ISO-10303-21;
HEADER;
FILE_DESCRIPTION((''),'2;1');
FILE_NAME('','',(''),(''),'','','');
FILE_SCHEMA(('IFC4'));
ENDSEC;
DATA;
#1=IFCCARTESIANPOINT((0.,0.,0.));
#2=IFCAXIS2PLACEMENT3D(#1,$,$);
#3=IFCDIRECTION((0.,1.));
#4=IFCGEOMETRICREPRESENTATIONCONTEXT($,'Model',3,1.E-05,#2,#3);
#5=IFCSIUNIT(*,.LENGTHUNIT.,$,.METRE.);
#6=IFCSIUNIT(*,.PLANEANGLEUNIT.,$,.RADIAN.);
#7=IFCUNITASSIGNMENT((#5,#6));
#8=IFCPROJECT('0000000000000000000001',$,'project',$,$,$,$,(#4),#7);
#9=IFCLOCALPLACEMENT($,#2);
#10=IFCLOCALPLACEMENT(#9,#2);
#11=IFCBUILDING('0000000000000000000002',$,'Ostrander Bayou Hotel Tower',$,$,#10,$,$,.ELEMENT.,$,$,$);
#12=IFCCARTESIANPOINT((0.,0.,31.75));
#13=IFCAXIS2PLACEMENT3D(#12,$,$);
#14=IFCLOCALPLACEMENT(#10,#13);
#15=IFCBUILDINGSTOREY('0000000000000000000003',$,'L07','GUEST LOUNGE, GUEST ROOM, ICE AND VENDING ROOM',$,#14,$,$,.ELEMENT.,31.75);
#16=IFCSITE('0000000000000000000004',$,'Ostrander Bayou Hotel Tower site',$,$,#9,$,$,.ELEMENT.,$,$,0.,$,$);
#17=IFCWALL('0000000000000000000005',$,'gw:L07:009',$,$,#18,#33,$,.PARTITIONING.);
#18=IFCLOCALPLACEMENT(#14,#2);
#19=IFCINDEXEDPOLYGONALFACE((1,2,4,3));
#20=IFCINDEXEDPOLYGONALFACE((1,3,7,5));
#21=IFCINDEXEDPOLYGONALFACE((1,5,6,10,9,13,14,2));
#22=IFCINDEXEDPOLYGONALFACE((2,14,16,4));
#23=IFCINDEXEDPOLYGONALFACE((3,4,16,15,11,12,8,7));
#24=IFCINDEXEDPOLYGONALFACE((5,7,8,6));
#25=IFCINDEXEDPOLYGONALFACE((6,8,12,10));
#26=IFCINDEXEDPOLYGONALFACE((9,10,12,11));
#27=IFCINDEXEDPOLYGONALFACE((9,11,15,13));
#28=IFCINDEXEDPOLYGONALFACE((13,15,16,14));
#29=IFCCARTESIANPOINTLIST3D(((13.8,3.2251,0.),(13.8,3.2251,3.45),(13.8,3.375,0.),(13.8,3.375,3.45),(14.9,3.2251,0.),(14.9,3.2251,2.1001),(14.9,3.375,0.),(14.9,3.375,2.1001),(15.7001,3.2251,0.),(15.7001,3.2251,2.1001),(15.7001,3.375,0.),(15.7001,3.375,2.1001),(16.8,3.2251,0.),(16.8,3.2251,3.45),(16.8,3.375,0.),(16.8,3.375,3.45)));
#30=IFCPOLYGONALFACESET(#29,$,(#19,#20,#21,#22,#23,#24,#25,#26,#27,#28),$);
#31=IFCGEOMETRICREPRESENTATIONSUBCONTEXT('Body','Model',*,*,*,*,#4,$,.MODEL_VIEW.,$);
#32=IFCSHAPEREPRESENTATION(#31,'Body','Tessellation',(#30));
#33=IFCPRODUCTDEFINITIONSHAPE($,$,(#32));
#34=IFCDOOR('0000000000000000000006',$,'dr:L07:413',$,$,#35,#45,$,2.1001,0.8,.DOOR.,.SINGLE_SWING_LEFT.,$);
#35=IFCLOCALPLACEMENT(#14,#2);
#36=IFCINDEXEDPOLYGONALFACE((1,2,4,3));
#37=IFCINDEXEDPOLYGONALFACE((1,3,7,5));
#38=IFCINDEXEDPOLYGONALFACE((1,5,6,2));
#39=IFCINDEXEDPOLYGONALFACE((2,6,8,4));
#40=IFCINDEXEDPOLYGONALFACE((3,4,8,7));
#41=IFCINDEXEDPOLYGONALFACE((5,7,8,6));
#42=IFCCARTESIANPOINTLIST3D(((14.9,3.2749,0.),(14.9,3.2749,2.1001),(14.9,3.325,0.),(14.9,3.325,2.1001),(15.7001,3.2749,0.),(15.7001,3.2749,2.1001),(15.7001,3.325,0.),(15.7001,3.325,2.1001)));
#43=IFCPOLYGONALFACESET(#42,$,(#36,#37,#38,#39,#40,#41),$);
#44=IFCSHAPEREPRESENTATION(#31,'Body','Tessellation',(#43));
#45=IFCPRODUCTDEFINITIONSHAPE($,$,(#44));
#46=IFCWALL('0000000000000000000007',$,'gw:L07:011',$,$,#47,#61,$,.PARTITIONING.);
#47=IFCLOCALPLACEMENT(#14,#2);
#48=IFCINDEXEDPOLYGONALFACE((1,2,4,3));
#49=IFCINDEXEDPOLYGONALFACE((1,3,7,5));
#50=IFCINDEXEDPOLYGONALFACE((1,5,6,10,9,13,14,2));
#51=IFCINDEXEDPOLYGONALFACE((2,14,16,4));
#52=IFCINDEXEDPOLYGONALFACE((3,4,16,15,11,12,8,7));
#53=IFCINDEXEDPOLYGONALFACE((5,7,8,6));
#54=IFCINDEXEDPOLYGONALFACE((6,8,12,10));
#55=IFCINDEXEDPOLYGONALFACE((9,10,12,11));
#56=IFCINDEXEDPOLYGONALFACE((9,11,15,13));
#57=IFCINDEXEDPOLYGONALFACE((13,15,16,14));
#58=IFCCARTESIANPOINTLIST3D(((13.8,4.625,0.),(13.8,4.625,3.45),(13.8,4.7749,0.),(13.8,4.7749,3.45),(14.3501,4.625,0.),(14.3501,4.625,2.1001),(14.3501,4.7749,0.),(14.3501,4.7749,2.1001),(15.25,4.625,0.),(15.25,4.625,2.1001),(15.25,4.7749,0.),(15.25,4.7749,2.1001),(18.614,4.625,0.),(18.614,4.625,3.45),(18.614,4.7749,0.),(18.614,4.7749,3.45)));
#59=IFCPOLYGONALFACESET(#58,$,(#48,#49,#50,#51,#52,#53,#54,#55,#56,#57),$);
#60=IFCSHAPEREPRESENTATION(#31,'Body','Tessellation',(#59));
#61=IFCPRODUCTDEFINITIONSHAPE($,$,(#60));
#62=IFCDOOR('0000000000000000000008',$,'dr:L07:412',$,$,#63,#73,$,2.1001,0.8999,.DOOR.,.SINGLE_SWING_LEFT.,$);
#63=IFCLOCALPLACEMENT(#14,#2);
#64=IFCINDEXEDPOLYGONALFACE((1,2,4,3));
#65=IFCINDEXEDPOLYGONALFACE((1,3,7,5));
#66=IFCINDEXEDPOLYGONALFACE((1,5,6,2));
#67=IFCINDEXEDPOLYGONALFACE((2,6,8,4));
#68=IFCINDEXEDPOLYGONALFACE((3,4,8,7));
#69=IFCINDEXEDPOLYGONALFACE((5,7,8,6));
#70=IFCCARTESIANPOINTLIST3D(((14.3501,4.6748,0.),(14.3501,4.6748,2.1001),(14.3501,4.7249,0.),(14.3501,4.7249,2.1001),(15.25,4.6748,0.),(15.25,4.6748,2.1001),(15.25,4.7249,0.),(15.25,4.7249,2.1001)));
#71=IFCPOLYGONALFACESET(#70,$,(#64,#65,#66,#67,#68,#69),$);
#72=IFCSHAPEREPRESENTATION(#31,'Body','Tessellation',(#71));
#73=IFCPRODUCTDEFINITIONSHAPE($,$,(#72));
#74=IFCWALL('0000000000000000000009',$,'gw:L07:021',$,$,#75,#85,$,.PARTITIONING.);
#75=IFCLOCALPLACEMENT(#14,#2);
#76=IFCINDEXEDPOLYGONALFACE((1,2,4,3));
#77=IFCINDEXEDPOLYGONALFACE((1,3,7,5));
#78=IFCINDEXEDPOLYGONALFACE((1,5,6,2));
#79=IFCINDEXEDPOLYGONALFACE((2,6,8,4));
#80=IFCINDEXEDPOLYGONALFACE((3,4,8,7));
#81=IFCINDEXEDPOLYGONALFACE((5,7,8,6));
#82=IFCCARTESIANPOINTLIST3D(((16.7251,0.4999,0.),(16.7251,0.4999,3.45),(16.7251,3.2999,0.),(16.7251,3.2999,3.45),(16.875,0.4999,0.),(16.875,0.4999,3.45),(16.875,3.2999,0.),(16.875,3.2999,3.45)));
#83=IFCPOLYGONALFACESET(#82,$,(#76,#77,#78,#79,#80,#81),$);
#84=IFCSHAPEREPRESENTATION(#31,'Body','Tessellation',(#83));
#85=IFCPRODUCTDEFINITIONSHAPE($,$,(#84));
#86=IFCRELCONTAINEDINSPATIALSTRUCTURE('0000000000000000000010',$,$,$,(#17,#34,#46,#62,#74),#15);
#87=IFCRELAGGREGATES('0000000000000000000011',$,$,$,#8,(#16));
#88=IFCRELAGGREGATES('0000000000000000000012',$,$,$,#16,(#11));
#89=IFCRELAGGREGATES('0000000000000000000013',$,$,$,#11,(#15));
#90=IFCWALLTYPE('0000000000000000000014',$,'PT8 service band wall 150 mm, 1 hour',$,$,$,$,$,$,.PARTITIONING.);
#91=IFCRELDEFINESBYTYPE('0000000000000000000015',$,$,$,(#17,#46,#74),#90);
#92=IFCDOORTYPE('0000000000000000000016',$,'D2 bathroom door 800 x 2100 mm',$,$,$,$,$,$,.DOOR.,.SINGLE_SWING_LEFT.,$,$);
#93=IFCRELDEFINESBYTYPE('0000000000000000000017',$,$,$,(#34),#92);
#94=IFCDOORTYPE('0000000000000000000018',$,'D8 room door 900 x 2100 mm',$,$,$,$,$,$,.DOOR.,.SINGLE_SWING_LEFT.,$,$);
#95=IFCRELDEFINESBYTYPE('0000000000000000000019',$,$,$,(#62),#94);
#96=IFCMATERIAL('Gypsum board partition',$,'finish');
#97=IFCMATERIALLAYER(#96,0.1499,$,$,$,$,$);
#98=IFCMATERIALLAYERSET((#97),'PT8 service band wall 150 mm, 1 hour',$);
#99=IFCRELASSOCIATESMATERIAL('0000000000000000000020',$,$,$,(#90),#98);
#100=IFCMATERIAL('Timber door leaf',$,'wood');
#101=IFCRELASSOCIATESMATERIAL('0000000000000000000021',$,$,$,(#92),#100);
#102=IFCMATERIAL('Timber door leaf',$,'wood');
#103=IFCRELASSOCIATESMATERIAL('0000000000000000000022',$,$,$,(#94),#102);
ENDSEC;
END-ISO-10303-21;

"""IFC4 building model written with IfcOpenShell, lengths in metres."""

from ifc_helpers import new_model, si_unit, direction, frame, frame_2d, origin, place, context, subcontext, project, spatial, rectangle, extrude, material, layer, layer_set, type_object, element, fill, save


model = new_model("IFC4")

# Units and contexts
model_context = context("Model", 3, precision=1e-05, world=origin(), true_north=direction((0.0, 1.0)))
body_context = subcontext(model_context, "Body", "Model", "MODEL_VIEW")
ifc_project = project(units=[si_unit("LENGTHUNIT", "METRE"), si_unit("PLANEANGLEUNIT", "RADIAN")], contexts=[model_context])

# Site, building, storey
site_placement = place(None, origin())
site = spatial("IfcSite", under=ifc_project, at=site_placement, Name="Ostrander Bayou Hotel Tower site", CompositionType="ELEMENT", RefElevation=0.0)
building_placement = place(site_placement, origin())
building = spatial("IfcBuilding", under=site, at=building_placement, Name="Ostrander Bayou Hotel Tower", CompositionType="ELEMENT")
storey_placement = place(building_placement, frame((0.0, 0.0, 31.75)))
storey = spatial("IfcBuildingStorey", under=building, at=storey_placement, Name="L07", Description="GUEST LOUNGE, GUEST ROOM, ICE AND VENDING ROOM", CompositionType="ELEMENT", Elevation=31.75)

# Shared definitions
ifc_material_1 = material(Name="Gypsum board partition", Category="finish")
ifc_layer_1 = layer(ifc_material_1, 0.1499)
ifc_layer_set_1 = layer_set([ifc_layer_1], Name="PT8 service band wall 150 mm, 1 hour")
wall_type_1 = type_object("IfcWallType", Name="PT8 service band wall 150 mm, 1 hour", PredefinedType="PARTITIONING", material=ifc_layer_set_1)

# Walls, openings, doors
wall_1_placement = place(storey_placement, frame((13.8, 3.3, 0.0), z_axis=(0.0, 0.0, 1.0), x_axis=(1.0, 0.0, 0.0)))
wall_1 = element("IfcWall", 1, at=wall_1_placement, inside=storey, type_object=wall_type_1, Name="gw:L07:009", PredefinedType="PARTITIONING", context=body_context, shape_type="SweptSolid", body=[
    extrude(rectangle(XDim=3.0, YDim=0.1499, at=frame_2d((1.5, 0.0))), origin(), (0.0, 0.0, 1.0), 3.45),
])
opening_1_placement = place(wall_1_placement, frame((1.1001, 0.0, 0.0)))
opening_1 = element("IfcOpeningElement", 2, at=opening_1_placement, cuts=wall_1, PredefinedType="OPENING", context=body_context, shape_type="SweptSolid", body=[
    extrude(rectangle(XDim=0.8, YDim=2.1001, at=frame_2d((0.3999, 1.05))), frame((0.0, 0.075, 0.0), z_axis=(0.0, -1.0, 0.0), x_axis=(1.0, 0.0, 0.0)), (0.0, 0.0, 1.0), 0.1499),
])
ifc_material_2 = material(Name="Timber door leaf", Category="wood")
door_type_1 = type_object("IfcDoorType", Name="D2 bathroom door 800 x 2100 mm", OperationType="SINGLE_SWING_LEFT", PredefinedType="DOOR", material=ifc_material_2)
door_1_placement = place(opening_1_placement, origin())
door_1 = element("IfcDoor", 3, at=door_1_placement, inside=storey, type_object=door_type_1, Name="dr:L07:413", OperationType="SINGLE_SWING_LEFT", OverallHeight=2.1001, OverallWidth=0.8, PredefinedType="DOOR", context=body_context, shape_type="SweptSolid", body=[
    extrude(rectangle(XDim=0.8, YDim=2.1001, at=frame_2d((0.3999, 1.05))), frame((0.0, 0.0249, 0.0), z_axis=(0.0, -1.0, 0.0), x_axis=(1.0, 0.0, 0.0)), (0.0, 0.0, 1.0), 0.05),
])
fill(opening_1, door_1)
wall_2_placement = place(storey_placement, frame((13.8, 4.7, 0.0), z_axis=(0.0, 0.0, 1.0), x_axis=(1.0, 0.0, 0.0)))
wall_2 = element("IfcWall", 4, at=wall_2_placement, inside=storey, type_object=wall_type_1, Name="gw:L07:011", PredefinedType="PARTITIONING", context=body_context, shape_type="SweptSolid", body=[
    extrude(rectangle(XDim=4.814, YDim=0.1499, at=frame_2d((2.407, 0.0))), origin(), (0.0, 0.0, 1.0), 3.45),
])
opening_2_placement = place(wall_2_placement, frame((0.55, 0.0, 0.0)))
opening_2 = element("IfcOpeningElement", 5, at=opening_2_placement, cuts=wall_2, PredefinedType="OPENING", context=body_context, shape_type="SweptSolid", body=[
    extrude(rectangle(XDim=0.8999, YDim=2.1001, at=frame_2d((0.45, 1.05))), frame((0.0, 0.075, 0.0), z_axis=(0.0, -1.0, 0.0), x_axis=(1.0, 0.0, 0.0)), (0.0, 0.0, 1.0), 0.1499),
])
ifc_material_3 = material(Name="Timber door leaf", Category="wood")
door_type_2 = type_object("IfcDoorType", Name="D8 room door 900 x 2100 mm", OperationType="SINGLE_SWING_LEFT", PredefinedType="DOOR", material=ifc_material_3)
door_2_placement = place(opening_2_placement, origin())
door_2 = element("IfcDoor", 6, at=door_2_placement, inside=storey, type_object=door_type_2, Name="dr:L07:412", OperationType="SINGLE_SWING_LEFT", OverallHeight=2.1001, OverallWidth=0.8999, PredefinedType="DOOR", context=body_context, shape_type="SweptSolid", body=[
    extrude(rectangle(XDim=0.8999, YDim=2.1001, at=frame_2d((0.45, 1.05))), frame((0.0, 0.0249, 0.0), z_axis=(0.0, -1.0, 0.0), x_axis=(1.0, 0.0, 0.0)), (0.0, 0.0, 1.0), 0.05),
])
fill(opening_2, door_2)

# Wall
wall_3_placement = place(storey_placement, frame((16.8, 0.5, 0.0), z_axis=(0.0, 0.0, 1.0), x_axis=(0.0, 1.0, 0.0)))
element("IfcWall", 7, at=wall_3_placement, inside=storey, type_object=wall_type_1, Name="gw:L07:021", PredefinedType="PARTITIONING", context=body_context, shape_type="SweptSolid", body=[
    extrude(rectangle(XDim=2.8, YDim=0.1499, at=frame_2d((1.3999, 0.0))), origin(), (0.0, 0.0, 1.0), 3.45),
])

save(model, "model.ifc")
